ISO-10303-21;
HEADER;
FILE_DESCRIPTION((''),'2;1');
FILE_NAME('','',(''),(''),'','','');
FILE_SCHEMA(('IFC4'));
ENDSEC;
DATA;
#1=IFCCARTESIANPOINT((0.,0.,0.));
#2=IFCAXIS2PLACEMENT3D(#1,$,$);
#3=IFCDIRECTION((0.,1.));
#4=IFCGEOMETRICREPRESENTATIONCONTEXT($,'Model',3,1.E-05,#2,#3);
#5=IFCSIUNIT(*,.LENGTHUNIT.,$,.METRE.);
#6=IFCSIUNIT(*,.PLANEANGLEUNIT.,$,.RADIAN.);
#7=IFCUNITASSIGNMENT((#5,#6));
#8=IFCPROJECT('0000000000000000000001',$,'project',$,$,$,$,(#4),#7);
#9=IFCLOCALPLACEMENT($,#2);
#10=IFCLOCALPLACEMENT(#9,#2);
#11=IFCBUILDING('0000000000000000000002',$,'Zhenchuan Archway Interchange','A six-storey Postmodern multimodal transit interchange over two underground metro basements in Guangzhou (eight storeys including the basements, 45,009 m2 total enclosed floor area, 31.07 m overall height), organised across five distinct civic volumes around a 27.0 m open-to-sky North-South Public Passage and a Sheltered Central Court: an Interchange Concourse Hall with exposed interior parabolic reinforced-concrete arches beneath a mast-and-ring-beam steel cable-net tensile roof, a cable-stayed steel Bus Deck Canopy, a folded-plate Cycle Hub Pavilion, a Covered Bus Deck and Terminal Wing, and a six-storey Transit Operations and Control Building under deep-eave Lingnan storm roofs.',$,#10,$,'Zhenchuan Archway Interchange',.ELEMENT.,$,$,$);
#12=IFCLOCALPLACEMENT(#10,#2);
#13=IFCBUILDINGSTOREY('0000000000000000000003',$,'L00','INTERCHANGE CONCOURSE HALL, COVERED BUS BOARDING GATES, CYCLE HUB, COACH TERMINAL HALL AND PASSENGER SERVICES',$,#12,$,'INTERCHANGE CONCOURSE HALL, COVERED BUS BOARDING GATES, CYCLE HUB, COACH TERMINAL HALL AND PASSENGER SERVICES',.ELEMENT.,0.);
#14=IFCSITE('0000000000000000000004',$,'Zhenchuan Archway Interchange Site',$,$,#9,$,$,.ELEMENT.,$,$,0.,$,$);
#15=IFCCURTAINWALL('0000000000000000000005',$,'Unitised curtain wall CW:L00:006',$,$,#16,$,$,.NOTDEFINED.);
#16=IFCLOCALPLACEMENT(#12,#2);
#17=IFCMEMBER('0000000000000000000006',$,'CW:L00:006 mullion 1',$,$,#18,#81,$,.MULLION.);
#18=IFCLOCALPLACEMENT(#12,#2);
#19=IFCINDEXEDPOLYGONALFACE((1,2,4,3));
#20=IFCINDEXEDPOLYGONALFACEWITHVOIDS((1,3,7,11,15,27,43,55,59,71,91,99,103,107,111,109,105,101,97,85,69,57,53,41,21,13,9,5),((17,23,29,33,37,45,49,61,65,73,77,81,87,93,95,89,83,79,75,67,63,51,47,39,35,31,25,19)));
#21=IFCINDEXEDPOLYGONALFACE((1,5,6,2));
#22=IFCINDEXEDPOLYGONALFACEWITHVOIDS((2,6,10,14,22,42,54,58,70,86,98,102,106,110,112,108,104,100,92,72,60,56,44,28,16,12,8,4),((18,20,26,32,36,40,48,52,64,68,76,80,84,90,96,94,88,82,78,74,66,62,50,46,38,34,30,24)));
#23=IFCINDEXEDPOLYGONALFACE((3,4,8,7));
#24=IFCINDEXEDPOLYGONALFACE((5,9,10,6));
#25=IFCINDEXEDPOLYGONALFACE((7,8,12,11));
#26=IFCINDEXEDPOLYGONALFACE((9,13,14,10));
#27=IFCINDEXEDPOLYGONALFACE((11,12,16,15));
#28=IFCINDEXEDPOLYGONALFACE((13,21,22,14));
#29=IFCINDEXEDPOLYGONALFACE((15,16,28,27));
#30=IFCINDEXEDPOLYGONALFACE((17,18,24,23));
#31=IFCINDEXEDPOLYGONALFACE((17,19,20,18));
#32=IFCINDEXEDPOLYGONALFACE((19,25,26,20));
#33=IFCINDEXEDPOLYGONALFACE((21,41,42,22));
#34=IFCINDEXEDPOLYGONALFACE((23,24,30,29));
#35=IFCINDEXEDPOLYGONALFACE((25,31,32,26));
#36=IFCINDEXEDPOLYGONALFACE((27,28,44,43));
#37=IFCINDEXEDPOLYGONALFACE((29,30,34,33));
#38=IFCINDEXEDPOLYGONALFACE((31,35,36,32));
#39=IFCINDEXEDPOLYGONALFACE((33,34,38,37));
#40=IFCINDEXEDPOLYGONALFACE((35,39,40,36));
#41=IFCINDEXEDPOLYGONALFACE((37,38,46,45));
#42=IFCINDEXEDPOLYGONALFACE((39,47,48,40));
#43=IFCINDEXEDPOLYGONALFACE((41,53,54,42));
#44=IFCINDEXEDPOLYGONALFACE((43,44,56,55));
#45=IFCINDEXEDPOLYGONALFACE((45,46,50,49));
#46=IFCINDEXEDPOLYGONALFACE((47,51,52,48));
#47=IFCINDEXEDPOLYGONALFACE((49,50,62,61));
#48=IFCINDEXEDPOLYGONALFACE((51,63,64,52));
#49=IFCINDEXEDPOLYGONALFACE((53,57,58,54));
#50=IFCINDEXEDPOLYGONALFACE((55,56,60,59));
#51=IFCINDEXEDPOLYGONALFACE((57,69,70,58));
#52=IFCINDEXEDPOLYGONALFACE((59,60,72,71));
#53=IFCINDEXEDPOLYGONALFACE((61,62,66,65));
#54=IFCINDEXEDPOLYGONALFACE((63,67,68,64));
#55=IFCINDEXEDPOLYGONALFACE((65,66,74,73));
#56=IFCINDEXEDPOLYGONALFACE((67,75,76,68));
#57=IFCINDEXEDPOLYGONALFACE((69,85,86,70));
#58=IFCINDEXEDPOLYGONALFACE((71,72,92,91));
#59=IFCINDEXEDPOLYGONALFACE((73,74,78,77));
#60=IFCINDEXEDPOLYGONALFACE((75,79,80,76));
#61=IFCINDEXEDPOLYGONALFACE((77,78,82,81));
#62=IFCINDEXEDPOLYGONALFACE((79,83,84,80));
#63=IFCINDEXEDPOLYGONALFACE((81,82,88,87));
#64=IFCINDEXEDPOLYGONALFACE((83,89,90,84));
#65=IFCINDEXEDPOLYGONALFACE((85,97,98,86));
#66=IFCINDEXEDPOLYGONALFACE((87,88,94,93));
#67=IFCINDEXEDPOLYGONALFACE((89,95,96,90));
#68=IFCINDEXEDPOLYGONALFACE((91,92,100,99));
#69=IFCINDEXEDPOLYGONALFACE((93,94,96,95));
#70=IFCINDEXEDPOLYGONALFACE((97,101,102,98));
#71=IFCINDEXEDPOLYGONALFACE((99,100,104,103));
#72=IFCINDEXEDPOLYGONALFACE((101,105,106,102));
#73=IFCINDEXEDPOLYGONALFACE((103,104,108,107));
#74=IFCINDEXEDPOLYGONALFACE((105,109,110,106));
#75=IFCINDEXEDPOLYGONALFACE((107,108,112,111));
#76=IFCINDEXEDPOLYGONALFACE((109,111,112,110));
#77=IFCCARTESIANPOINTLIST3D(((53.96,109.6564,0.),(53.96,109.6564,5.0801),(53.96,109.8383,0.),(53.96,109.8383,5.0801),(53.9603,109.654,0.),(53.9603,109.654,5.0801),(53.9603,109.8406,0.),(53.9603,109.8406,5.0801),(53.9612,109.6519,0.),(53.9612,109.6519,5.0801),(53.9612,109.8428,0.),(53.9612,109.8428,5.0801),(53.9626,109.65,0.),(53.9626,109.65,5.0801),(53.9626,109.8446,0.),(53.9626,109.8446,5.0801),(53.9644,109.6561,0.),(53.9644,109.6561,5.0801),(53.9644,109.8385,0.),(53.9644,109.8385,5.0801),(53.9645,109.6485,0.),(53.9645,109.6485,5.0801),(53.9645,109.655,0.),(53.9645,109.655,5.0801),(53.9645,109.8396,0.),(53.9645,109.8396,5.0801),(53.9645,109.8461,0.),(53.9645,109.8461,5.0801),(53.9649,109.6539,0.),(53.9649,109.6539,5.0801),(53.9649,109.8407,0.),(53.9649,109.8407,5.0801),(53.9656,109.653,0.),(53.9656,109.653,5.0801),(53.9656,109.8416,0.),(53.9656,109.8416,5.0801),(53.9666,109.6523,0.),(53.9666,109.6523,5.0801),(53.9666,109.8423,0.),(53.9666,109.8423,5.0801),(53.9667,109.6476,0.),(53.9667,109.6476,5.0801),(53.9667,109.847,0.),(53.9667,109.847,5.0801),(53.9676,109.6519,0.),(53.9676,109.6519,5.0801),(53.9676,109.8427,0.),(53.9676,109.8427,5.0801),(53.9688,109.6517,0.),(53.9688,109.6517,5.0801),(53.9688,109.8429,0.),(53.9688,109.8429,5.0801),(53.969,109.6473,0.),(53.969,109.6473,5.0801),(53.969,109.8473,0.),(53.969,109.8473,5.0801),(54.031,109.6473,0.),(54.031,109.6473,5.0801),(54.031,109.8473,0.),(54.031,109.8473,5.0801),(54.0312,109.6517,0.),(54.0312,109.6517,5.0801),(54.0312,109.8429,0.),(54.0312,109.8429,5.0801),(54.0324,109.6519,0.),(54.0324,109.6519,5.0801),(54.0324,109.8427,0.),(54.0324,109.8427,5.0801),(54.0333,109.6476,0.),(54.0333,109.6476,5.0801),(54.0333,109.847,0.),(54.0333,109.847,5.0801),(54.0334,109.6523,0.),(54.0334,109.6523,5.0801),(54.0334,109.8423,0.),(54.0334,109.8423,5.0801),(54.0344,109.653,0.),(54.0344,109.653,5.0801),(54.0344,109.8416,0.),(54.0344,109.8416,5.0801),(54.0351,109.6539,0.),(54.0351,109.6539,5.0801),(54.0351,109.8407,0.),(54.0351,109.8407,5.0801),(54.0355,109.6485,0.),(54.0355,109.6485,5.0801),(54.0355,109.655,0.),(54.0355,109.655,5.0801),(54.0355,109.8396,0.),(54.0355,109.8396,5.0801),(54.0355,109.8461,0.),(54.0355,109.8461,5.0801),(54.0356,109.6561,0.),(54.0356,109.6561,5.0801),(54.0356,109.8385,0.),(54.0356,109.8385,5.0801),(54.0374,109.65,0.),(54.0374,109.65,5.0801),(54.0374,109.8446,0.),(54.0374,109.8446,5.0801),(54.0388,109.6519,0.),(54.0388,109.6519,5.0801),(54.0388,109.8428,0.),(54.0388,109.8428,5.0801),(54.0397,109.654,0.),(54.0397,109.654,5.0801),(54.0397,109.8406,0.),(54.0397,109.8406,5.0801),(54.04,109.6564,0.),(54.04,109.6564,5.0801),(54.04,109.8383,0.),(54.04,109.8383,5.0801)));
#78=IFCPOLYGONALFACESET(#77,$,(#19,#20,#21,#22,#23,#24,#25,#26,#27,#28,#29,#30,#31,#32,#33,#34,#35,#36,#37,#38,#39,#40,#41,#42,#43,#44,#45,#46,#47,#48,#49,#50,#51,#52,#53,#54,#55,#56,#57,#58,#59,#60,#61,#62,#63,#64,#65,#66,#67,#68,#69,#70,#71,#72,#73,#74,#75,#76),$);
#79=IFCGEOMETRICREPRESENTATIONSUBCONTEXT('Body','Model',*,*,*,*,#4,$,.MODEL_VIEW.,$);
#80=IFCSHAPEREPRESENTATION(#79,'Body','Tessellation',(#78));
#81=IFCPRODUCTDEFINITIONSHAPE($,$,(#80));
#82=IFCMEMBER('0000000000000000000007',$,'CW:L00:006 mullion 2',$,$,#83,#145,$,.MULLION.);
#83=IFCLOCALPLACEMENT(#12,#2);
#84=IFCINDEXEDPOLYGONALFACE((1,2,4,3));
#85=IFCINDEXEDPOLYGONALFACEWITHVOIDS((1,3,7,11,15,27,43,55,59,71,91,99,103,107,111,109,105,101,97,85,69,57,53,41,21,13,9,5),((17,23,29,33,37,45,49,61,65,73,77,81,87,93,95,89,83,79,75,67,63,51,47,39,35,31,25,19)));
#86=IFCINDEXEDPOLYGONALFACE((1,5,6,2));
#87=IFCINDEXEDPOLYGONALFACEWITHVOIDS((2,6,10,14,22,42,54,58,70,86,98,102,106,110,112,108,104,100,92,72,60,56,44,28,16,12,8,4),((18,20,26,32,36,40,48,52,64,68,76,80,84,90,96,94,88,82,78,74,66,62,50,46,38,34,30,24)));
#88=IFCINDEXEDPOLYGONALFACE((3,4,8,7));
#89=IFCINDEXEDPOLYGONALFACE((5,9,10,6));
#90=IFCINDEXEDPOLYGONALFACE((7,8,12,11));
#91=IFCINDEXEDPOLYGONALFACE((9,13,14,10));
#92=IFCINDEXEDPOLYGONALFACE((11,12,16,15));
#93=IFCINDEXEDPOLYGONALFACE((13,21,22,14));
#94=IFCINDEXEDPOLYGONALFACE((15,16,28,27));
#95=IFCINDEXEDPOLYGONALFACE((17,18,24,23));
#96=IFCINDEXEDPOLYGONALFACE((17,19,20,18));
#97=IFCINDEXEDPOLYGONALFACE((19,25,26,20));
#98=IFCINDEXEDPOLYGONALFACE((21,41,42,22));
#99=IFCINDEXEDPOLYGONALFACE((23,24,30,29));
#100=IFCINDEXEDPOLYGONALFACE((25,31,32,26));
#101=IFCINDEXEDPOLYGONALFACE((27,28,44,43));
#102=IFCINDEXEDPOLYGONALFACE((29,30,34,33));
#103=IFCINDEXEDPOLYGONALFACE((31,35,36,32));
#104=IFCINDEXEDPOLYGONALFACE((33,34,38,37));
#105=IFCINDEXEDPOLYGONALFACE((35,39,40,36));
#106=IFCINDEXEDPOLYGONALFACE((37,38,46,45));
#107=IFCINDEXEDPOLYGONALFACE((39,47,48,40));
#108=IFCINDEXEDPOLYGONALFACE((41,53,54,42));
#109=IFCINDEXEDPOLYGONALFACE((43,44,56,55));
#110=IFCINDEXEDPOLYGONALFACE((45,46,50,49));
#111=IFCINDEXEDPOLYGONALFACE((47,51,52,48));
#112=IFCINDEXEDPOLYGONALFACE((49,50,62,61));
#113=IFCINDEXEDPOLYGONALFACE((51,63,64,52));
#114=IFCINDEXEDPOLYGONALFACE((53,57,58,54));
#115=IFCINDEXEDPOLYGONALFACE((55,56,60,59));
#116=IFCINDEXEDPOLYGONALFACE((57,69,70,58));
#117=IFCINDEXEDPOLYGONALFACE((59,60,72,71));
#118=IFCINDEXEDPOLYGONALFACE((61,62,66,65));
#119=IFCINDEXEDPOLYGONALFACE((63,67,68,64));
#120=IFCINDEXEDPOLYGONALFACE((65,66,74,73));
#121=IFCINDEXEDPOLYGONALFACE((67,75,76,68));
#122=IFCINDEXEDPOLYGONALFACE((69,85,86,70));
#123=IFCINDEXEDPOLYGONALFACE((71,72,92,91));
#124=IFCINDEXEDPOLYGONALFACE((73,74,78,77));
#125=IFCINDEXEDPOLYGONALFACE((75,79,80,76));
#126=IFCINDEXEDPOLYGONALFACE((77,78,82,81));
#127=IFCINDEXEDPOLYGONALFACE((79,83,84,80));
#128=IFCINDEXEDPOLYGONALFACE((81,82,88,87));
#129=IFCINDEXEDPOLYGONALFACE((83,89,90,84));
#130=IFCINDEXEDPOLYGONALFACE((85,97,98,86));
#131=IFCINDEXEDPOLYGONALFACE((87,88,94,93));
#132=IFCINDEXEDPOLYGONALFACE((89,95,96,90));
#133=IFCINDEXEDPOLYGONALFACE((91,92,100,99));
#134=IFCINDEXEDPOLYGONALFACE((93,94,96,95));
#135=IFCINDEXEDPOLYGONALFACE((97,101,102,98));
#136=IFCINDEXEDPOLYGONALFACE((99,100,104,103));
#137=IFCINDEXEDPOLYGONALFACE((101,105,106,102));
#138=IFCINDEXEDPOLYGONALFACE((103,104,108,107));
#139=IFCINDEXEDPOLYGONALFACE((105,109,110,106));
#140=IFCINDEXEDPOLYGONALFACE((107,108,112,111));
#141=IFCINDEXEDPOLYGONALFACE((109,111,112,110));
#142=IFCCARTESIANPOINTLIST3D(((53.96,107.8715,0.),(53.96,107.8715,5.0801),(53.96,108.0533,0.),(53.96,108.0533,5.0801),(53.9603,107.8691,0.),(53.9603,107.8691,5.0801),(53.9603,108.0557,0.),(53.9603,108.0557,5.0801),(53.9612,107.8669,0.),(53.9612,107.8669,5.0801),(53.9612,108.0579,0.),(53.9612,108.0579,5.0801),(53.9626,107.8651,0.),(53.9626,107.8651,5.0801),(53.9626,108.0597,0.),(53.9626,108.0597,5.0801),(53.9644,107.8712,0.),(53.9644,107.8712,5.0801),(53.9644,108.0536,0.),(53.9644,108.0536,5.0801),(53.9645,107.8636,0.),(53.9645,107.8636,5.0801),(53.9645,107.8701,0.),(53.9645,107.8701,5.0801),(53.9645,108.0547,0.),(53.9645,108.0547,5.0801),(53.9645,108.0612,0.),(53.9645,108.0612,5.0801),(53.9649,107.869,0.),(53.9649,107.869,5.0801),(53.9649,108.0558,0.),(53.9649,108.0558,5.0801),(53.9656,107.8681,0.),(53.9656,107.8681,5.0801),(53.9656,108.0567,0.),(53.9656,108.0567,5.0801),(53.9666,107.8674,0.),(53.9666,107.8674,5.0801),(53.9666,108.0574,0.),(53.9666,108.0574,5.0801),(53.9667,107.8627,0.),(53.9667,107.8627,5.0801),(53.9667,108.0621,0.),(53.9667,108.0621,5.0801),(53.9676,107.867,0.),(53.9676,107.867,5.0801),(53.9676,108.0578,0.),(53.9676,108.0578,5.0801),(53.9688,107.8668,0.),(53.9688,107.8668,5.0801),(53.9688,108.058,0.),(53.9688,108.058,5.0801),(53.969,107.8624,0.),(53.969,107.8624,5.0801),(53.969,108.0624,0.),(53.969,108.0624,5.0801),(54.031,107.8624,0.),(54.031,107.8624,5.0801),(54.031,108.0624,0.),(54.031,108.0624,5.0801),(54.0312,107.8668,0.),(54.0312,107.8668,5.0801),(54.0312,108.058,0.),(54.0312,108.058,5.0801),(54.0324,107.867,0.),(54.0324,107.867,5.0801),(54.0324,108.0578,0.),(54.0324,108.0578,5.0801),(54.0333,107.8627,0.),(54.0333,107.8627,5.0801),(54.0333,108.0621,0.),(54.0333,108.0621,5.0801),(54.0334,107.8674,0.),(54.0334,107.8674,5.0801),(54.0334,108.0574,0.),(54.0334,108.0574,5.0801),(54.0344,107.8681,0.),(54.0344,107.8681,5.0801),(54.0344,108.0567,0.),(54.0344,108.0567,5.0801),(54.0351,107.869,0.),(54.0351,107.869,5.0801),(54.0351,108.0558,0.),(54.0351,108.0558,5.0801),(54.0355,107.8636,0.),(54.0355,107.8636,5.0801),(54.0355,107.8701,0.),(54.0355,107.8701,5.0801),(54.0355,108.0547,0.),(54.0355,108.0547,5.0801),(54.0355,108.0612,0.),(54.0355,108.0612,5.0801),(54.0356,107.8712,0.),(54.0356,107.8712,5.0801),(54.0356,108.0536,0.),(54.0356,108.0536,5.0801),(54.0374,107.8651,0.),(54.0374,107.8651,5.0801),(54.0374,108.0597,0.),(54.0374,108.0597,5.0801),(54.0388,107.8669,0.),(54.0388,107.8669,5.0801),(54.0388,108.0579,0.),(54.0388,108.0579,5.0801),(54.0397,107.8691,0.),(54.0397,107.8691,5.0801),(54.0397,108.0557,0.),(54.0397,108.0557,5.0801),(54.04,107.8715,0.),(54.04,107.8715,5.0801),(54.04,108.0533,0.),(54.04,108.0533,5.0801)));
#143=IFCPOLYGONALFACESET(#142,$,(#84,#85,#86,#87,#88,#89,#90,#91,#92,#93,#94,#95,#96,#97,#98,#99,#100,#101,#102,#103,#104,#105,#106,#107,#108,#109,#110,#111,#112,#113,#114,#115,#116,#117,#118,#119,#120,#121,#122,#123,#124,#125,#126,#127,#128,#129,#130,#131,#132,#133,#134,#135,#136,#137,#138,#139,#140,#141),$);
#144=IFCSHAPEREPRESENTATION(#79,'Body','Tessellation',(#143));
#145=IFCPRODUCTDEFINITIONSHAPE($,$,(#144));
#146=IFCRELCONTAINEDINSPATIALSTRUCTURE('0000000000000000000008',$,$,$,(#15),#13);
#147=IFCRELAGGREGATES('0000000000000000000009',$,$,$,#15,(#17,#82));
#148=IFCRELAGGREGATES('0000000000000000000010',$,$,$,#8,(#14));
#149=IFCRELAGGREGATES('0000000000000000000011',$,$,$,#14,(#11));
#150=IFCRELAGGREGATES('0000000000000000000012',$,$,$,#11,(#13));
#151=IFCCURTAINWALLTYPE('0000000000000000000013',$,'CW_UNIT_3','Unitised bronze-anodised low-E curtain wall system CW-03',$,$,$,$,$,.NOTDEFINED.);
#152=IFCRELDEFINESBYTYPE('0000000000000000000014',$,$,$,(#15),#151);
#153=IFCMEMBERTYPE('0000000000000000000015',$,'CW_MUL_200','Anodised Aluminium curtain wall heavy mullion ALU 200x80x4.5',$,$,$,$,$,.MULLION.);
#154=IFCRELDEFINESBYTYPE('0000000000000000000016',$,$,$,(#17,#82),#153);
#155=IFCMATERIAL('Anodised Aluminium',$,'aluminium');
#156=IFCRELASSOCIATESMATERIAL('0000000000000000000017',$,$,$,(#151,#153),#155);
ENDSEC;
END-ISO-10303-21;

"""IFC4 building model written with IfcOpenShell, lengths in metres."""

from ifc_helpers import new_model, si_unit, direction, frame, origin, origin_2d, place, context, subcontext, project, spatial, hollow_rectangle, extrude, material, material_profile, profile_set, type_object, element, aggregate, save


model = new_model("IFC4")

# Units and contexts
model_context = context("Model", 3, precision=1e-05, world=origin(), true_north=direction((0.0, 1.0)))
body_context = subcontext(model_context, "Body", "Model", "MODEL_VIEW")
ifc_project = project(units=[si_unit("LENGTHUNIT", "METRE"), si_unit("PLANEANGLEUNIT", "RADIAN")], contexts=[model_context])

# Site, building, storey
site_placement = place(None, origin())
site = spatial("IfcSite", under=ifc_project, at=site_placement, Name="Zhenchuan Archway Interchange Site", CompositionType="ELEMENT", RefElevation=0.0)
building_placement = place(site_placement, origin())
building = spatial("IfcBuilding", under=site, at=building_placement, Name="Zhenchuan Archway Interchange", Description="A six-storey Postmodern multimodal transit interchange over two underground metro basements in Guangzhou (eight storeys including the basements, 45,009 m2 total enclosed floor area, 31.07 m overall height), organised across five distinct civic volumes around a 27.0 m open-to-sky North-South Public Passage and a Sheltered Central Court: an Interchange Concourse Hall with exposed interior parabolic reinforced-concrete arches beneath a mast-and-ring-beam steel cable-net tensile roof, a cable-stayed steel Bus Deck Canopy, a folded-plate Cycle Hub Pavilion, a Covered Bus Deck and Terminal Wing, and a six-storey Transit Operations and Control Building under deep-eave Lingnan storm roofs.", LongName="Zhenchuan Archway Interchange", CompositionType="ELEMENT")
storey_placement = place(building_placement, origin())
storey = spatial("IfcBuildingStorey", under=building, at=storey_placement, Name="L00", Description="INTERCHANGE CONCOURSE HALL, COVERED BUS BOARDING GATES, CYCLE HUB, COACH TERMINAL HALL AND PASSENGER SERVICES", LongName="INTERCHANGE CONCOURSE HALL, COVERED BUS BOARDING GATES, CYCLE HUB, COACH TERMINAL HALL AND PASSENGER SERVICES", CompositionType="ELEMENT", Elevation=0.0)

# Curtain wall, members
ifc_material_1 = material(Name="Anodised Aluminium", Category="aluminium")
curtain_wall_type = type_object("IfcCurtainWallType", Name="CW_UNIT_3", Description="Unitised bronze-anodised low-E curtain wall system CW-03", PredefinedType="NOTDEFINED", material=ifc_material_1)
curtain_wall_placement = place(storey_placement, origin())
curtain_wall = element("IfcCurtainWall", 1, at=curtain_wall_placement, inside=storey, type_object=curtain_wall_type, Name="Unitised curtain wall CW:L00:006", PredefinedType="NOTDEFINED")
ifc_material_profile_1 = material_profile(ifc_material_1, hollow_rectangle(XDim=0.0801, YDim=0.2, WallThickness=0.0044, InnerFilletRadius=0.0044, OuterFilletRadius=0.009, at=origin_2d()), Name="ALU 200x80x4.5")
ifc_profile_set_1 = profile_set([ifc_material_profile_1], Name="Anodised Aluminium")
member_type_1 = type_object("IfcMemberType", Name="CW_MUL_200", Description="Anodised Aluminium curtain wall heavy mullion ALU 200x80x4.5", PredefinedType="MULLION", material=ifc_profile_set_1)
member_1_placement = place(storey_placement, frame((54.0, 109.7473, 0.0), z_axis=(0.0, 0.0, 1.0), x_axis=(1.0, 0.0, 0.0)))
member_1 = element("IfcMember", 2, at=member_1_placement, type_object=member_type_1, Name="CW:L00:006 mullion 1", PredefinedType="MULLION", context=body_context, shape_type="SweptSolid", body=[
    extrude(hollow_rectangle(XDim=0.0801, YDim=0.2, WallThickness=0.0044, InnerFilletRadius=0.0044, OuterFilletRadius=0.009, at=origin_2d()), origin(), (0.0, 0.0, 1.0), 5.0801),
])
member_2_placement = place(storey_placement, frame((54.0, 107.9624, 0.0), z_axis=(0.0, 0.0, 1.0), x_axis=(1.0, 0.0, 0.0)))
member_2 = element("IfcMember", 3, at=member_2_placement, type_object=member_type_1, Name="CW:L00:006 mullion 2", PredefinedType="MULLION", context=body_context, shape_type="SweptSolid", body=[
    extrude(hollow_rectangle(XDim=0.0801, YDim=0.2, WallThickness=0.0044, InnerFilletRadius=0.0044, OuterFilletRadius=0.009, at=origin_2d()), origin(), (0.0, 0.0, 1.0), 5.0801),
])
aggregate(curtain_wall, [member_1, member_2])

save(model, "model.ifc")
